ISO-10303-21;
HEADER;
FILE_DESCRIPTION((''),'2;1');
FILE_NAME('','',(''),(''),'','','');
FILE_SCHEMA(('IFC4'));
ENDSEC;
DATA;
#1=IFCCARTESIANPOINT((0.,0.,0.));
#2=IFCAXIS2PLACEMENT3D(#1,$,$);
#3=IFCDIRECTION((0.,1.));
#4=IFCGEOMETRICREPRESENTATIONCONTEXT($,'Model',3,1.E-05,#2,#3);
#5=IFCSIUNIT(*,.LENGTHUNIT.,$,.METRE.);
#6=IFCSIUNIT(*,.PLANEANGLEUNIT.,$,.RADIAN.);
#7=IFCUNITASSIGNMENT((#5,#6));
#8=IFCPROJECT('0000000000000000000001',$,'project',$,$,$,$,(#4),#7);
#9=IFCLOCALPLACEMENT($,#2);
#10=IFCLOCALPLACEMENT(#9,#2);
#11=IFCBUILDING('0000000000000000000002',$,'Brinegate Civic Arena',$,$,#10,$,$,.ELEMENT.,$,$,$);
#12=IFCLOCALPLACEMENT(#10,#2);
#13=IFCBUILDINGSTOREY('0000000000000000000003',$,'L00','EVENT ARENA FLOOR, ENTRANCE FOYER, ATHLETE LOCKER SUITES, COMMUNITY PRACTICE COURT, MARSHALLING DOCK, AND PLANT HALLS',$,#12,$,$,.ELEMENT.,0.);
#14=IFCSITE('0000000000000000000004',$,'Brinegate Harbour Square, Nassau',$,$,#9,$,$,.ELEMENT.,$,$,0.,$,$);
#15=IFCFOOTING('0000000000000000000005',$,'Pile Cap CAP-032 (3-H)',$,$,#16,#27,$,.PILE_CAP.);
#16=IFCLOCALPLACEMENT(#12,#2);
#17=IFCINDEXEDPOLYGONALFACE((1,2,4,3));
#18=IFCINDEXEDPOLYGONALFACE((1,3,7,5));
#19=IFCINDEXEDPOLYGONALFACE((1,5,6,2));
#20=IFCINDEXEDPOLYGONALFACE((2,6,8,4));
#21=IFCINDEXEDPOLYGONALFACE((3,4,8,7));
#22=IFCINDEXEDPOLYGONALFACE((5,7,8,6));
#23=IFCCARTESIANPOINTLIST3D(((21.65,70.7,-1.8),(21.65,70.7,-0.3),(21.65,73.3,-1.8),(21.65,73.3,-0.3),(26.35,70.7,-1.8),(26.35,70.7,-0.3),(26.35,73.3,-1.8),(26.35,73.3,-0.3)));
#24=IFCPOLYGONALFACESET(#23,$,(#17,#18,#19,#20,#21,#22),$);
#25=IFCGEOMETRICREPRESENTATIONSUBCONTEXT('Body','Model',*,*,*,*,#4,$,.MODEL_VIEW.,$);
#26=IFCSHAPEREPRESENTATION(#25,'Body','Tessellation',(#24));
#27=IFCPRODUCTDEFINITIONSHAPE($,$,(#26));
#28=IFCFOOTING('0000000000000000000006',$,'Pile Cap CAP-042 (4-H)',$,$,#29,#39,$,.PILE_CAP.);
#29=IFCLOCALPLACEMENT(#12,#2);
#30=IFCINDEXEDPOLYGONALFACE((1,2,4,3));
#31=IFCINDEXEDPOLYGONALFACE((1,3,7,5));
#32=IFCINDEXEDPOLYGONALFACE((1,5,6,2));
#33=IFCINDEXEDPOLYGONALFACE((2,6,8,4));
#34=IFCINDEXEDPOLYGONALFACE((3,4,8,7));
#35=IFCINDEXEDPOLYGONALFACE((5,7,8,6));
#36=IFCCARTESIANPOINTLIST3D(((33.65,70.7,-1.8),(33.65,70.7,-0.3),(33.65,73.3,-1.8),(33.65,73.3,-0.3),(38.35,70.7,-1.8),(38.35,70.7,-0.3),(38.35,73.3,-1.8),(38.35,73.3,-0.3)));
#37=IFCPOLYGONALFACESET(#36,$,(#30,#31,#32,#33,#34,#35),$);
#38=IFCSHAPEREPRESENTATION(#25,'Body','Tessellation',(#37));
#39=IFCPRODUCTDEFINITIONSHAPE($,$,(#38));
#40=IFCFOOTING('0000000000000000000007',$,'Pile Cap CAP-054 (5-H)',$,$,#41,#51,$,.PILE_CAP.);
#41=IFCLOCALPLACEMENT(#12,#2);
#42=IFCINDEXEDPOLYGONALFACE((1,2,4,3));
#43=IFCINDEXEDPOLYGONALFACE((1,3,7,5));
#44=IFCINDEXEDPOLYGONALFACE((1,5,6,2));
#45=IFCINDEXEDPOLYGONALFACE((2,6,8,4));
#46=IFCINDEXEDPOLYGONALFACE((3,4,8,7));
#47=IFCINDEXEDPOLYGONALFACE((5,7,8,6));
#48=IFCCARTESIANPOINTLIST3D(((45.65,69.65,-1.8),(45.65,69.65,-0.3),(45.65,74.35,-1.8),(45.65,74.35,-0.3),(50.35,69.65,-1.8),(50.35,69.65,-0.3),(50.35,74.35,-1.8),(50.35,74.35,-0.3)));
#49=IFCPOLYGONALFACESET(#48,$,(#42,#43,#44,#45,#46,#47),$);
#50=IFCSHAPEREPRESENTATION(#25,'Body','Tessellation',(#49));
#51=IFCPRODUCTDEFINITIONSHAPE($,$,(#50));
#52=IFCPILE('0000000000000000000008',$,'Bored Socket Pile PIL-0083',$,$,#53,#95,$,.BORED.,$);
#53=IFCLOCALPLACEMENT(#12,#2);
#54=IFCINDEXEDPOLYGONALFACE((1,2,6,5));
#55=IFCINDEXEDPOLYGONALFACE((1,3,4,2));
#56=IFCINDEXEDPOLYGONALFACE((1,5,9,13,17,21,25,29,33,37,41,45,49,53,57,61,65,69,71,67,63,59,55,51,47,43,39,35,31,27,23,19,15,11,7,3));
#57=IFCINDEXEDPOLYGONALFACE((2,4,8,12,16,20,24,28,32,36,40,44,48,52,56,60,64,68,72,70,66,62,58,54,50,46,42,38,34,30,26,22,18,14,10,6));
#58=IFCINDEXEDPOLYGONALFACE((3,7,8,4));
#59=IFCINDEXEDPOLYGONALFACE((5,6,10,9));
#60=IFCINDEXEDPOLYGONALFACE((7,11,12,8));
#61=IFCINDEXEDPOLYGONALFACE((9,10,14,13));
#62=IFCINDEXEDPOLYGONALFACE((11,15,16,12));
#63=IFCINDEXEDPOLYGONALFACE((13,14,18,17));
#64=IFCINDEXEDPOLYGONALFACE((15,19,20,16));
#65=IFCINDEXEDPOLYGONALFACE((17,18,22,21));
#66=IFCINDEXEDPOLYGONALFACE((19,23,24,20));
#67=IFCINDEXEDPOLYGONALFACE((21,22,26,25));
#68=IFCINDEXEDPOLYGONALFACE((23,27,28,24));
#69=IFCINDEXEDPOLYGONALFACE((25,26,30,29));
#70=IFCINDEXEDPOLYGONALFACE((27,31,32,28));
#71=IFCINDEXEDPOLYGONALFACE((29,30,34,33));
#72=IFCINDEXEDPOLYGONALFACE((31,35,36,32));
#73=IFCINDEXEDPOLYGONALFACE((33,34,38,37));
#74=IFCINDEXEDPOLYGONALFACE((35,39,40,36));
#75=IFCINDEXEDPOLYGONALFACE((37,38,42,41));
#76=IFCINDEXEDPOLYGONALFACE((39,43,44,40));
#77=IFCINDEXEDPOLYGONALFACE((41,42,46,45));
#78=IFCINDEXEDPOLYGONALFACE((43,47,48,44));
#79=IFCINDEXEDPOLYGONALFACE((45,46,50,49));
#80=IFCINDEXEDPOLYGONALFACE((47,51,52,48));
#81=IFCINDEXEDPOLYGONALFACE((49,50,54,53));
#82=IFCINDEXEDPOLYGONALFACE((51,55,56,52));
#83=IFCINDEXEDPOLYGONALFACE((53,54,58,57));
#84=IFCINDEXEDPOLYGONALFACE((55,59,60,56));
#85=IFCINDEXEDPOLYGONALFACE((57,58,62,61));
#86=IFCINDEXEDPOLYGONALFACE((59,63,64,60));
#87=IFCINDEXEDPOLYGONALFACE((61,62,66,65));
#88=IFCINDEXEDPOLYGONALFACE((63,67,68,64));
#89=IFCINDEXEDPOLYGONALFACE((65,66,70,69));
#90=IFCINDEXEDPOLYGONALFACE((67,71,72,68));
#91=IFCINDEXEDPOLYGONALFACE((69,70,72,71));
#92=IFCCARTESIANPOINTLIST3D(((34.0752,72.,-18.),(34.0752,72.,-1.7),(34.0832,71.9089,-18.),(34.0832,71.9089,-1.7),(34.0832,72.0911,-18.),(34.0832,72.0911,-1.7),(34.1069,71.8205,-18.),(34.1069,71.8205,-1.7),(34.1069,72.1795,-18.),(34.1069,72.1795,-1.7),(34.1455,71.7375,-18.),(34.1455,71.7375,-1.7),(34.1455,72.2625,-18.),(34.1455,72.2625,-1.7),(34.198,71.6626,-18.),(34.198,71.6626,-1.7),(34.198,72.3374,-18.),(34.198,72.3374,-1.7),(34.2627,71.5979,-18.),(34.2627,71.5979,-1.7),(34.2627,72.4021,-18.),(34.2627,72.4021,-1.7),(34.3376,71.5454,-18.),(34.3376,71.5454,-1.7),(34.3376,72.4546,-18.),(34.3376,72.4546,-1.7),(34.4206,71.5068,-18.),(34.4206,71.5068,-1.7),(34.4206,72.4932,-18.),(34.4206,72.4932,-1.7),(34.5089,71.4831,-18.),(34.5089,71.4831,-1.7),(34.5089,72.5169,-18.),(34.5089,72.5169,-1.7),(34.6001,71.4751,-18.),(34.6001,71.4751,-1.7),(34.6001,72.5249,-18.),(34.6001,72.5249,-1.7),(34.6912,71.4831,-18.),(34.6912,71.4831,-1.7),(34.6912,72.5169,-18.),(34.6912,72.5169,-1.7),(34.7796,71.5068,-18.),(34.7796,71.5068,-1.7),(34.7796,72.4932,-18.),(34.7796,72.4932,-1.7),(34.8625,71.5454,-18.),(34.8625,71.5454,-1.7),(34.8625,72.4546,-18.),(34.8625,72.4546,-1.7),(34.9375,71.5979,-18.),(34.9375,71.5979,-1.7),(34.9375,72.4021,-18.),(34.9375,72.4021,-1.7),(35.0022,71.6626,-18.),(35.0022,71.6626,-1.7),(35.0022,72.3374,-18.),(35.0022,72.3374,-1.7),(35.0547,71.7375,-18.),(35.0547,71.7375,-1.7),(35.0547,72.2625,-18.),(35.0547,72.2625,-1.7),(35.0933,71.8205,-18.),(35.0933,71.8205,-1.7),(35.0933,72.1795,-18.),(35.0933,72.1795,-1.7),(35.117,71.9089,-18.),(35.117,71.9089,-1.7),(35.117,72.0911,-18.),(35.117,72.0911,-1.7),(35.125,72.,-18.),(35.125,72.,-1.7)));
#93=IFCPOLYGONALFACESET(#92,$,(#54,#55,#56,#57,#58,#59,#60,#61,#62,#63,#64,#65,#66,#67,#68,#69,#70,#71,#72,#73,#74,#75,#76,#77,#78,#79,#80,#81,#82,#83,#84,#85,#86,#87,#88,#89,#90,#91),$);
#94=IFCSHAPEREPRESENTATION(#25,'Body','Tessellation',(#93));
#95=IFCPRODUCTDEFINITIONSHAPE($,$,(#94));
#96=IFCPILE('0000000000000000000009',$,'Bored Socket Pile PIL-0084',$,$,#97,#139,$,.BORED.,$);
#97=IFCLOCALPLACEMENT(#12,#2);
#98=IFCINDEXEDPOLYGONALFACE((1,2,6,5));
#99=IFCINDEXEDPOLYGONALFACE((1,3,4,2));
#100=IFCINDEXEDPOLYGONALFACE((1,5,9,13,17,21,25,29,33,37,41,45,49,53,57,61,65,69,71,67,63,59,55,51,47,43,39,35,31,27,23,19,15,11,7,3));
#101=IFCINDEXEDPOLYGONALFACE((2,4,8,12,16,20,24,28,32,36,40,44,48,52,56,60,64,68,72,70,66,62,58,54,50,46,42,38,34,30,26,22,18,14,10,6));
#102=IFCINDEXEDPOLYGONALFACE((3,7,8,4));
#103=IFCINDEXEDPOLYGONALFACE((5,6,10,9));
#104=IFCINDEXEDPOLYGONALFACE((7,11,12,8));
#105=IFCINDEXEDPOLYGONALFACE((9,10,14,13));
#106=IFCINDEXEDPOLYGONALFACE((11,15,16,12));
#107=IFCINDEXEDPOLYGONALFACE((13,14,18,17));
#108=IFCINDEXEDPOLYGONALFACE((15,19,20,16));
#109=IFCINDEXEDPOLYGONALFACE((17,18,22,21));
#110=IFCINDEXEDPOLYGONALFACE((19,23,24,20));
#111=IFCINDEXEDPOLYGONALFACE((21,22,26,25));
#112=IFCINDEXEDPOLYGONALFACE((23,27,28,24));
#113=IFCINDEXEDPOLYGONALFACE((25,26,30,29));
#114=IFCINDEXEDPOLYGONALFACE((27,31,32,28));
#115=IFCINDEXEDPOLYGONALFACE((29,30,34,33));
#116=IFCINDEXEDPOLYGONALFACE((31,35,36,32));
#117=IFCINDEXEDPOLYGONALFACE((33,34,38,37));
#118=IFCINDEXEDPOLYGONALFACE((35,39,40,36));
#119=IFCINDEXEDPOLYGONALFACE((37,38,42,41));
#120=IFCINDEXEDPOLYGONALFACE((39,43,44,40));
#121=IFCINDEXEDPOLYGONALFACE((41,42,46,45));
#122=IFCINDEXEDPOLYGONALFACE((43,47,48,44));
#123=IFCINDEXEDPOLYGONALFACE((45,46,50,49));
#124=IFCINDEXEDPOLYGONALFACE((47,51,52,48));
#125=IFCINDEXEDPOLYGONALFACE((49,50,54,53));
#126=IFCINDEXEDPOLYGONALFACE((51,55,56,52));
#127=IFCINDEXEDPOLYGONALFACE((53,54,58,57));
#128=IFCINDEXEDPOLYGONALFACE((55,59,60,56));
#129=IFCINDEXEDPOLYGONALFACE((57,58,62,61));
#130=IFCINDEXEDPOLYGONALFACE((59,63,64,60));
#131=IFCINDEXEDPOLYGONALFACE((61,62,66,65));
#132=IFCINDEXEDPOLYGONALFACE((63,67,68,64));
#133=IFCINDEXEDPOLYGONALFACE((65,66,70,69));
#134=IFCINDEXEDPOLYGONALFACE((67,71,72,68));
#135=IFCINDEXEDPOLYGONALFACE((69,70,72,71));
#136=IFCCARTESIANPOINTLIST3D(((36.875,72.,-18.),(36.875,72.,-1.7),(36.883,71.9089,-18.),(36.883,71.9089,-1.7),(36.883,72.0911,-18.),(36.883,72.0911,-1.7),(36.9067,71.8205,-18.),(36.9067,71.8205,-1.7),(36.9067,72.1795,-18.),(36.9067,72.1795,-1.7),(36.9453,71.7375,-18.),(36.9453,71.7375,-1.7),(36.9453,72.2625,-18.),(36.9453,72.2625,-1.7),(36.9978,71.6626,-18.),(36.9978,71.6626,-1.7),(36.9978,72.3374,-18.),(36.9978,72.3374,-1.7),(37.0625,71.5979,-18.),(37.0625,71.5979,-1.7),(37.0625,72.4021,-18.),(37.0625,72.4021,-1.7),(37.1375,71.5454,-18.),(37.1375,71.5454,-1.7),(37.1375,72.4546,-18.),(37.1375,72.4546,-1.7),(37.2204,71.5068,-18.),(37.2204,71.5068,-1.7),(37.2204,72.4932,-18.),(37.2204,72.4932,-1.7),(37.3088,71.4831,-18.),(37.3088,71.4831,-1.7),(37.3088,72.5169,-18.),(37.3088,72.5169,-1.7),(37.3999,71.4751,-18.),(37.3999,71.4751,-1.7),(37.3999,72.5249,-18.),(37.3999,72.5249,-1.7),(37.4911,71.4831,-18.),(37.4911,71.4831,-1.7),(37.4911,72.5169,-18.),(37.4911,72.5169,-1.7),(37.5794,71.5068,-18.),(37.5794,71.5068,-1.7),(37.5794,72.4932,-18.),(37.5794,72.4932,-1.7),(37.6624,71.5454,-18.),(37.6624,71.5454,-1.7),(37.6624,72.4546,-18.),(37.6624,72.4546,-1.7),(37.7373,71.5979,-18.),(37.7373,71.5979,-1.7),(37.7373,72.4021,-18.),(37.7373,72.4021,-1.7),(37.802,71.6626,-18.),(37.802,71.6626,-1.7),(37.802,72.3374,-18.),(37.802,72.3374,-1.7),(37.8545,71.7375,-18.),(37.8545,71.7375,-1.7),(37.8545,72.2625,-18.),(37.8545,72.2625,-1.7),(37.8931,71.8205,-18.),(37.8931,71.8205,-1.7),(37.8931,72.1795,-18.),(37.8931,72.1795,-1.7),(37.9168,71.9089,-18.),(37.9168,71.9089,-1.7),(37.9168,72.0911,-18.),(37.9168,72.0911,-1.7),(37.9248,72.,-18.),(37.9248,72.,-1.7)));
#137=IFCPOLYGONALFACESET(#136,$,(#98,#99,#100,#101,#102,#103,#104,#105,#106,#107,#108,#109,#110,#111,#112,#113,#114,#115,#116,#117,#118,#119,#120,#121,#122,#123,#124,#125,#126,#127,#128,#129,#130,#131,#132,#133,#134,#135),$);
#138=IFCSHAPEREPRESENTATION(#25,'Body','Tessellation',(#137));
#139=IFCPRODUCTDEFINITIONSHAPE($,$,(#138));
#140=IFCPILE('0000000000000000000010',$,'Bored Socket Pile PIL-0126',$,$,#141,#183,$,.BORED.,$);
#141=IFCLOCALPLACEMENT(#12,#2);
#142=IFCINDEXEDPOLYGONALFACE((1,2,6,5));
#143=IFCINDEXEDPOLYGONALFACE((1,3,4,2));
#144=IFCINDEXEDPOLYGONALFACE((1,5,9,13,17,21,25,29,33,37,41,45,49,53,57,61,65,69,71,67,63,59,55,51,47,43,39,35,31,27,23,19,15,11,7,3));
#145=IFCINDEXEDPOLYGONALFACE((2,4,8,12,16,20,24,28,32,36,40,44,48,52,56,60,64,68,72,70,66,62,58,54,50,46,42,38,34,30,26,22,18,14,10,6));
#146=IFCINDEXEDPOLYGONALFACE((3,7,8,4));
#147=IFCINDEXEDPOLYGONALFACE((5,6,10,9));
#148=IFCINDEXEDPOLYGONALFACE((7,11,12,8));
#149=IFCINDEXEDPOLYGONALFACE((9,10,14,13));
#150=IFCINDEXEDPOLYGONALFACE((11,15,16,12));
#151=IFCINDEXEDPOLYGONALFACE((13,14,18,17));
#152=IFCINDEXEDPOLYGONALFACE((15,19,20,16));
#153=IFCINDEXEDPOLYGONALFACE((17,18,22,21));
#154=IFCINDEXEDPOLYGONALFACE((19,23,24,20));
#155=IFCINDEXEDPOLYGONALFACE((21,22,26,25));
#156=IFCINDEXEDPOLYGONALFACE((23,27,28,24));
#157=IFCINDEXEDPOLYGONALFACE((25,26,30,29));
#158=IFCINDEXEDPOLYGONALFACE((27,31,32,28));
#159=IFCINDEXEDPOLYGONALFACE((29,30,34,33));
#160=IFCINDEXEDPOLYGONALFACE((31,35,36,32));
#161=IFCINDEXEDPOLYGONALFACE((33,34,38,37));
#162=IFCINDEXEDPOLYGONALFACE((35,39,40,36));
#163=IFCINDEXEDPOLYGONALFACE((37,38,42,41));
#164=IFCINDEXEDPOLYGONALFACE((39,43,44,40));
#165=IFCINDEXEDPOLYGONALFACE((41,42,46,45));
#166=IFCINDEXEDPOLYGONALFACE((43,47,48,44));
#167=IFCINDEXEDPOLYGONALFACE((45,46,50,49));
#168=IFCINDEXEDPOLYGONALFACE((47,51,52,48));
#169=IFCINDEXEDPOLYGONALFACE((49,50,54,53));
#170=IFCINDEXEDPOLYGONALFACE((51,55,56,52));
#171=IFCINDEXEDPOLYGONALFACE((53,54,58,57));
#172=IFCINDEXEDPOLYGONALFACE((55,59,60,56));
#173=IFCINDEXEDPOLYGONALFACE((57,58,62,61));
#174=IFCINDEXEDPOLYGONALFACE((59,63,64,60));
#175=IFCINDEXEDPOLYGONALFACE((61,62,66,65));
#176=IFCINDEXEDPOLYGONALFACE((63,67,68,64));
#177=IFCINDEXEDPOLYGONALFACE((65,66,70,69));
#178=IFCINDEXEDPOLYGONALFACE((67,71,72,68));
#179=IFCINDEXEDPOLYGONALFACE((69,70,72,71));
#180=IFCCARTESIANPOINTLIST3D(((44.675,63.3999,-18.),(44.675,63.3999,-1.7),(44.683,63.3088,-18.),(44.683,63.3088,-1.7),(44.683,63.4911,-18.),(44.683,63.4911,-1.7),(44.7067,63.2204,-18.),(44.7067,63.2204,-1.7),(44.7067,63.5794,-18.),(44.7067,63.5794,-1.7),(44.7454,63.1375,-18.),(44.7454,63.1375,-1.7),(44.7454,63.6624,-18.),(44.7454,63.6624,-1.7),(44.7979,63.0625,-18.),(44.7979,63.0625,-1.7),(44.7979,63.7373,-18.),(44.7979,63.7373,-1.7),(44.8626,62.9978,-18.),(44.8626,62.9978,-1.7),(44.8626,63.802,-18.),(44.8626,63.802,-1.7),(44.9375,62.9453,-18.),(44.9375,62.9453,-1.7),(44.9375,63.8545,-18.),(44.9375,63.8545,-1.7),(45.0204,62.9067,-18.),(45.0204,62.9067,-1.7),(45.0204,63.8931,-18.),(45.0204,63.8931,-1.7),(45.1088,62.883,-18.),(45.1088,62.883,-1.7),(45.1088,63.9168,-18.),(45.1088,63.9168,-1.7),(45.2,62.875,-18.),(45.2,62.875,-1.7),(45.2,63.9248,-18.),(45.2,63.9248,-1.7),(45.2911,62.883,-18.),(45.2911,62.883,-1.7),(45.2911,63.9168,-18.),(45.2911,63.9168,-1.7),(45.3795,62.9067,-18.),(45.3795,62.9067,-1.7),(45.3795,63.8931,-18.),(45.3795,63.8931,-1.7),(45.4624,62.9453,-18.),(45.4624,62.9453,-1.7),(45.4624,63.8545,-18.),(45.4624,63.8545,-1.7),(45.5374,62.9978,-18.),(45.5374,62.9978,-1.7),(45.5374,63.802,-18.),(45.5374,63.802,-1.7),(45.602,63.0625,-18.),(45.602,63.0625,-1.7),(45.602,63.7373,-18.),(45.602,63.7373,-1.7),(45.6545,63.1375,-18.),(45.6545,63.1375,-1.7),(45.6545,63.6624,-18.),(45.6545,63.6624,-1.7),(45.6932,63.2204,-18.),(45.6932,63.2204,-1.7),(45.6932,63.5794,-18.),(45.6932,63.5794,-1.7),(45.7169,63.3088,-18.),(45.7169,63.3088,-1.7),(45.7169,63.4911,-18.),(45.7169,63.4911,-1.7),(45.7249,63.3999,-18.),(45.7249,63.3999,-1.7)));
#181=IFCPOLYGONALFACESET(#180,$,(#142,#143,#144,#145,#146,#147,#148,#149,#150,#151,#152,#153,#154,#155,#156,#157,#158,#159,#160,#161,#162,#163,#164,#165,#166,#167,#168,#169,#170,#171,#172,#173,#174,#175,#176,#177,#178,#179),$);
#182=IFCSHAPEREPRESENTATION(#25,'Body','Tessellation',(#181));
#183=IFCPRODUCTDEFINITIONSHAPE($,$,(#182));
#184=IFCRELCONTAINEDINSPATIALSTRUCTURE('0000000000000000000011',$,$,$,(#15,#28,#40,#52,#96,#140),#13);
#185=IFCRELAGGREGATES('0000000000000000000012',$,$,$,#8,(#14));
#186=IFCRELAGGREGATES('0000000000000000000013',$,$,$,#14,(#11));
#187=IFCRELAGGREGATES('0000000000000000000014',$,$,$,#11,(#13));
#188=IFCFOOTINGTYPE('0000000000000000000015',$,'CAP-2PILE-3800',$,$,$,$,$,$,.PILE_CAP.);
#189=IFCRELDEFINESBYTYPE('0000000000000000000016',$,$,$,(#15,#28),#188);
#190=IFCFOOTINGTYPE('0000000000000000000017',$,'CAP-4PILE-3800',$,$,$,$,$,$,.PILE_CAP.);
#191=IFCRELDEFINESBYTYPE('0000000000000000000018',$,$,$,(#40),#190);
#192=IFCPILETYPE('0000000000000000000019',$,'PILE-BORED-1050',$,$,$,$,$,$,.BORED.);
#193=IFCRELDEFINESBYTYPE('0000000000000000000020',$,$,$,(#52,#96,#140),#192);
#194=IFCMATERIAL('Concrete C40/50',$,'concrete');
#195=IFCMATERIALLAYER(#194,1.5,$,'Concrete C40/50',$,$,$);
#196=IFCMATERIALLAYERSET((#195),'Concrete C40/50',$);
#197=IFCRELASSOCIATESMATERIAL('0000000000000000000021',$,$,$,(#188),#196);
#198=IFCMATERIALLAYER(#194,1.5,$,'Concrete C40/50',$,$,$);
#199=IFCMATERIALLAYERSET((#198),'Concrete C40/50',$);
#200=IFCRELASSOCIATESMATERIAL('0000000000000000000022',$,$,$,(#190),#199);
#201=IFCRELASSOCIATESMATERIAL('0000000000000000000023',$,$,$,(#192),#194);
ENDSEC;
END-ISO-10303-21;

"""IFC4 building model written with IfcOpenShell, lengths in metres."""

from ifc_helpers import new_model, si_unit, direction, frame, origin, origin_2d, place, context, subcontext, project, spatial, rectangle, circle, extrude, material, layer, layer_set, material_profile, profile_set, type_object, element, save


model = new_model("IFC4")

# Units and contexts
model_context = context("Model", 3, precision=1e-05, world=origin(), true_north=direction((0.0, 1.0)))
body_context = subcontext(model_context, "Body", "Model", "MODEL_VIEW")
ifc_project = project(units=[si_unit("LENGTHUNIT", "METRE"), si_unit("PLANEANGLEUNIT", "RADIAN")], contexts=[model_context])

# Site, building, storey
site_placement = place(None, origin())
site = spatial("IfcSite", under=ifc_project, at=site_placement, Name="Brinegate Harbour Square, Nassau", CompositionType="ELEMENT", RefElevation=0.0)
building_placement = place(site_placement, origin())
building = spatial("IfcBuilding", under=site, at=building_placement, Name="Brinegate Civic Arena", CompositionType="ELEMENT")
storey_placement = place(building_placement, origin())
storey = spatial("IfcBuildingStorey", under=building, at=storey_placement, Name="L00", Description="EVENT ARENA FLOOR, ENTRANCE FOYER, ATHLETE LOCKER SUITES, COMMUNITY PRACTICE COURT, MARSHALLING DOCK, AND PLANT HALLS", CompositionType="ELEMENT", Elevation=0.0)

# Footings
ifc_material_1 = material(Name="Concrete C40/50", Category="concrete")
ifc_layer_1 = layer(ifc_material_1, 1.5, Name="Concrete C40/50")
ifc_layer_set_1 = layer_set([ifc_layer_1], Name="Concrete C40/50")
footing_type_1 = type_object("IfcFootingType", Name="CAP-2PILE-3800", PredefinedType="PILE_CAP", material=ifc_layer_set_1)
for number, where, z_axis, x_axis, name in (
    (1, (24.0, 72.0, -1.8), (0.0, 0.0, 1.0), (1.0, 0.0, 0.0), "Pile Cap CAP-032 (3-H)"),
    (2, (36.0, 72.0, -1.8), (0.0, 0.0, 1.0), (1.0, 0.0, 0.0), "Pile Cap CAP-042 (4-H)"),
):
    element("IfcFooting", number, at=place(storey_placement, frame(where, z_axis=z_axis, x_axis=x_axis)), inside=storey, type_object=footing_type_1, Name=name, PredefinedType="PILE_CAP", context=body_context, shape_type="SweptSolid", body=[
        extrude(rectangle(XDim=4.7, YDim=2.6001, at=origin_2d()), origin(), (0.0, 0.0, 1.0), 1.5),
    ])
ifc_layer_2 = layer(ifc_material_1, 1.5, Name="Concrete C40/50")
ifc_layer_set_2 = layer_set([ifc_layer_2], Name="Concrete C40/50")
footing_type_2 = type_object("IfcFootingType", Name="CAP-4PILE-3800", PredefinedType="PILE_CAP", material=ifc_layer_set_2)
footing_1_placement = place(storey_placement, frame((48.0, 72.0, -1.8), z_axis=(0.0, 0.0, 1.0), x_axis=(1.0, 0.0, 0.0)))
element("IfcFooting", 3, at=footing_1_placement, inside=storey, type_object=footing_type_2, Name="Pile Cap CAP-054 (5-H)", PredefinedType="PILE_CAP", context=body_context, shape_type="SweptSolid", body=[
    extrude(rectangle(XDim=4.7, YDim=4.7, at=origin_2d()), origin(), (0.0, 0.0, 1.0), 1.5),
])

# Piles
ifc_material_profile_1 = material_profile(ifc_material_1, circle(Radius=0.5249, at=origin_2d()), Name="PILED1050")
ifc_profile_set_1 = profile_set([ifc_material_profile_1], Name="Concrete C40/50")
pile_type_1 = type_object("IfcPileType", Name="PILE-BORED-1050", PredefinedType="BORED", material=ifc_profile_set_1)
for number, where, z_axis, x_axis, name in (
    (4, (34.6001, 72.0, -1.7), (0.0, 0.0, -1.0), (1.0, 0.0, 0.0), "Bored Socket Pile PIL-0083"),
    (5, (37.3999, 72.0, -1.7), (0.0, 0.0, -1.0), (1.0, 0.0, 0.0), "Bored Socket Pile PIL-0084"),
    (6, (45.2, 63.3999, -1.7), (0.0, 0.0, -1.0), (1.0, 0.0, 0.0), "Bored Socket Pile PIL-0126"),
):
    element("IfcPile", number, at=place(storey_placement, frame(where, z_axis=z_axis, x_axis=x_axis)), inside=storey, type_object=pile_type_1, Name=name, PredefinedType="BORED", context=body_context, shape_type="SweptSolid", body=[
        extrude(circle(Radius=0.5249, at=origin_2d()), origin(), (0.0, 0.0, 1.0), 16.3),
    ])

save(model, "model.ifc")
